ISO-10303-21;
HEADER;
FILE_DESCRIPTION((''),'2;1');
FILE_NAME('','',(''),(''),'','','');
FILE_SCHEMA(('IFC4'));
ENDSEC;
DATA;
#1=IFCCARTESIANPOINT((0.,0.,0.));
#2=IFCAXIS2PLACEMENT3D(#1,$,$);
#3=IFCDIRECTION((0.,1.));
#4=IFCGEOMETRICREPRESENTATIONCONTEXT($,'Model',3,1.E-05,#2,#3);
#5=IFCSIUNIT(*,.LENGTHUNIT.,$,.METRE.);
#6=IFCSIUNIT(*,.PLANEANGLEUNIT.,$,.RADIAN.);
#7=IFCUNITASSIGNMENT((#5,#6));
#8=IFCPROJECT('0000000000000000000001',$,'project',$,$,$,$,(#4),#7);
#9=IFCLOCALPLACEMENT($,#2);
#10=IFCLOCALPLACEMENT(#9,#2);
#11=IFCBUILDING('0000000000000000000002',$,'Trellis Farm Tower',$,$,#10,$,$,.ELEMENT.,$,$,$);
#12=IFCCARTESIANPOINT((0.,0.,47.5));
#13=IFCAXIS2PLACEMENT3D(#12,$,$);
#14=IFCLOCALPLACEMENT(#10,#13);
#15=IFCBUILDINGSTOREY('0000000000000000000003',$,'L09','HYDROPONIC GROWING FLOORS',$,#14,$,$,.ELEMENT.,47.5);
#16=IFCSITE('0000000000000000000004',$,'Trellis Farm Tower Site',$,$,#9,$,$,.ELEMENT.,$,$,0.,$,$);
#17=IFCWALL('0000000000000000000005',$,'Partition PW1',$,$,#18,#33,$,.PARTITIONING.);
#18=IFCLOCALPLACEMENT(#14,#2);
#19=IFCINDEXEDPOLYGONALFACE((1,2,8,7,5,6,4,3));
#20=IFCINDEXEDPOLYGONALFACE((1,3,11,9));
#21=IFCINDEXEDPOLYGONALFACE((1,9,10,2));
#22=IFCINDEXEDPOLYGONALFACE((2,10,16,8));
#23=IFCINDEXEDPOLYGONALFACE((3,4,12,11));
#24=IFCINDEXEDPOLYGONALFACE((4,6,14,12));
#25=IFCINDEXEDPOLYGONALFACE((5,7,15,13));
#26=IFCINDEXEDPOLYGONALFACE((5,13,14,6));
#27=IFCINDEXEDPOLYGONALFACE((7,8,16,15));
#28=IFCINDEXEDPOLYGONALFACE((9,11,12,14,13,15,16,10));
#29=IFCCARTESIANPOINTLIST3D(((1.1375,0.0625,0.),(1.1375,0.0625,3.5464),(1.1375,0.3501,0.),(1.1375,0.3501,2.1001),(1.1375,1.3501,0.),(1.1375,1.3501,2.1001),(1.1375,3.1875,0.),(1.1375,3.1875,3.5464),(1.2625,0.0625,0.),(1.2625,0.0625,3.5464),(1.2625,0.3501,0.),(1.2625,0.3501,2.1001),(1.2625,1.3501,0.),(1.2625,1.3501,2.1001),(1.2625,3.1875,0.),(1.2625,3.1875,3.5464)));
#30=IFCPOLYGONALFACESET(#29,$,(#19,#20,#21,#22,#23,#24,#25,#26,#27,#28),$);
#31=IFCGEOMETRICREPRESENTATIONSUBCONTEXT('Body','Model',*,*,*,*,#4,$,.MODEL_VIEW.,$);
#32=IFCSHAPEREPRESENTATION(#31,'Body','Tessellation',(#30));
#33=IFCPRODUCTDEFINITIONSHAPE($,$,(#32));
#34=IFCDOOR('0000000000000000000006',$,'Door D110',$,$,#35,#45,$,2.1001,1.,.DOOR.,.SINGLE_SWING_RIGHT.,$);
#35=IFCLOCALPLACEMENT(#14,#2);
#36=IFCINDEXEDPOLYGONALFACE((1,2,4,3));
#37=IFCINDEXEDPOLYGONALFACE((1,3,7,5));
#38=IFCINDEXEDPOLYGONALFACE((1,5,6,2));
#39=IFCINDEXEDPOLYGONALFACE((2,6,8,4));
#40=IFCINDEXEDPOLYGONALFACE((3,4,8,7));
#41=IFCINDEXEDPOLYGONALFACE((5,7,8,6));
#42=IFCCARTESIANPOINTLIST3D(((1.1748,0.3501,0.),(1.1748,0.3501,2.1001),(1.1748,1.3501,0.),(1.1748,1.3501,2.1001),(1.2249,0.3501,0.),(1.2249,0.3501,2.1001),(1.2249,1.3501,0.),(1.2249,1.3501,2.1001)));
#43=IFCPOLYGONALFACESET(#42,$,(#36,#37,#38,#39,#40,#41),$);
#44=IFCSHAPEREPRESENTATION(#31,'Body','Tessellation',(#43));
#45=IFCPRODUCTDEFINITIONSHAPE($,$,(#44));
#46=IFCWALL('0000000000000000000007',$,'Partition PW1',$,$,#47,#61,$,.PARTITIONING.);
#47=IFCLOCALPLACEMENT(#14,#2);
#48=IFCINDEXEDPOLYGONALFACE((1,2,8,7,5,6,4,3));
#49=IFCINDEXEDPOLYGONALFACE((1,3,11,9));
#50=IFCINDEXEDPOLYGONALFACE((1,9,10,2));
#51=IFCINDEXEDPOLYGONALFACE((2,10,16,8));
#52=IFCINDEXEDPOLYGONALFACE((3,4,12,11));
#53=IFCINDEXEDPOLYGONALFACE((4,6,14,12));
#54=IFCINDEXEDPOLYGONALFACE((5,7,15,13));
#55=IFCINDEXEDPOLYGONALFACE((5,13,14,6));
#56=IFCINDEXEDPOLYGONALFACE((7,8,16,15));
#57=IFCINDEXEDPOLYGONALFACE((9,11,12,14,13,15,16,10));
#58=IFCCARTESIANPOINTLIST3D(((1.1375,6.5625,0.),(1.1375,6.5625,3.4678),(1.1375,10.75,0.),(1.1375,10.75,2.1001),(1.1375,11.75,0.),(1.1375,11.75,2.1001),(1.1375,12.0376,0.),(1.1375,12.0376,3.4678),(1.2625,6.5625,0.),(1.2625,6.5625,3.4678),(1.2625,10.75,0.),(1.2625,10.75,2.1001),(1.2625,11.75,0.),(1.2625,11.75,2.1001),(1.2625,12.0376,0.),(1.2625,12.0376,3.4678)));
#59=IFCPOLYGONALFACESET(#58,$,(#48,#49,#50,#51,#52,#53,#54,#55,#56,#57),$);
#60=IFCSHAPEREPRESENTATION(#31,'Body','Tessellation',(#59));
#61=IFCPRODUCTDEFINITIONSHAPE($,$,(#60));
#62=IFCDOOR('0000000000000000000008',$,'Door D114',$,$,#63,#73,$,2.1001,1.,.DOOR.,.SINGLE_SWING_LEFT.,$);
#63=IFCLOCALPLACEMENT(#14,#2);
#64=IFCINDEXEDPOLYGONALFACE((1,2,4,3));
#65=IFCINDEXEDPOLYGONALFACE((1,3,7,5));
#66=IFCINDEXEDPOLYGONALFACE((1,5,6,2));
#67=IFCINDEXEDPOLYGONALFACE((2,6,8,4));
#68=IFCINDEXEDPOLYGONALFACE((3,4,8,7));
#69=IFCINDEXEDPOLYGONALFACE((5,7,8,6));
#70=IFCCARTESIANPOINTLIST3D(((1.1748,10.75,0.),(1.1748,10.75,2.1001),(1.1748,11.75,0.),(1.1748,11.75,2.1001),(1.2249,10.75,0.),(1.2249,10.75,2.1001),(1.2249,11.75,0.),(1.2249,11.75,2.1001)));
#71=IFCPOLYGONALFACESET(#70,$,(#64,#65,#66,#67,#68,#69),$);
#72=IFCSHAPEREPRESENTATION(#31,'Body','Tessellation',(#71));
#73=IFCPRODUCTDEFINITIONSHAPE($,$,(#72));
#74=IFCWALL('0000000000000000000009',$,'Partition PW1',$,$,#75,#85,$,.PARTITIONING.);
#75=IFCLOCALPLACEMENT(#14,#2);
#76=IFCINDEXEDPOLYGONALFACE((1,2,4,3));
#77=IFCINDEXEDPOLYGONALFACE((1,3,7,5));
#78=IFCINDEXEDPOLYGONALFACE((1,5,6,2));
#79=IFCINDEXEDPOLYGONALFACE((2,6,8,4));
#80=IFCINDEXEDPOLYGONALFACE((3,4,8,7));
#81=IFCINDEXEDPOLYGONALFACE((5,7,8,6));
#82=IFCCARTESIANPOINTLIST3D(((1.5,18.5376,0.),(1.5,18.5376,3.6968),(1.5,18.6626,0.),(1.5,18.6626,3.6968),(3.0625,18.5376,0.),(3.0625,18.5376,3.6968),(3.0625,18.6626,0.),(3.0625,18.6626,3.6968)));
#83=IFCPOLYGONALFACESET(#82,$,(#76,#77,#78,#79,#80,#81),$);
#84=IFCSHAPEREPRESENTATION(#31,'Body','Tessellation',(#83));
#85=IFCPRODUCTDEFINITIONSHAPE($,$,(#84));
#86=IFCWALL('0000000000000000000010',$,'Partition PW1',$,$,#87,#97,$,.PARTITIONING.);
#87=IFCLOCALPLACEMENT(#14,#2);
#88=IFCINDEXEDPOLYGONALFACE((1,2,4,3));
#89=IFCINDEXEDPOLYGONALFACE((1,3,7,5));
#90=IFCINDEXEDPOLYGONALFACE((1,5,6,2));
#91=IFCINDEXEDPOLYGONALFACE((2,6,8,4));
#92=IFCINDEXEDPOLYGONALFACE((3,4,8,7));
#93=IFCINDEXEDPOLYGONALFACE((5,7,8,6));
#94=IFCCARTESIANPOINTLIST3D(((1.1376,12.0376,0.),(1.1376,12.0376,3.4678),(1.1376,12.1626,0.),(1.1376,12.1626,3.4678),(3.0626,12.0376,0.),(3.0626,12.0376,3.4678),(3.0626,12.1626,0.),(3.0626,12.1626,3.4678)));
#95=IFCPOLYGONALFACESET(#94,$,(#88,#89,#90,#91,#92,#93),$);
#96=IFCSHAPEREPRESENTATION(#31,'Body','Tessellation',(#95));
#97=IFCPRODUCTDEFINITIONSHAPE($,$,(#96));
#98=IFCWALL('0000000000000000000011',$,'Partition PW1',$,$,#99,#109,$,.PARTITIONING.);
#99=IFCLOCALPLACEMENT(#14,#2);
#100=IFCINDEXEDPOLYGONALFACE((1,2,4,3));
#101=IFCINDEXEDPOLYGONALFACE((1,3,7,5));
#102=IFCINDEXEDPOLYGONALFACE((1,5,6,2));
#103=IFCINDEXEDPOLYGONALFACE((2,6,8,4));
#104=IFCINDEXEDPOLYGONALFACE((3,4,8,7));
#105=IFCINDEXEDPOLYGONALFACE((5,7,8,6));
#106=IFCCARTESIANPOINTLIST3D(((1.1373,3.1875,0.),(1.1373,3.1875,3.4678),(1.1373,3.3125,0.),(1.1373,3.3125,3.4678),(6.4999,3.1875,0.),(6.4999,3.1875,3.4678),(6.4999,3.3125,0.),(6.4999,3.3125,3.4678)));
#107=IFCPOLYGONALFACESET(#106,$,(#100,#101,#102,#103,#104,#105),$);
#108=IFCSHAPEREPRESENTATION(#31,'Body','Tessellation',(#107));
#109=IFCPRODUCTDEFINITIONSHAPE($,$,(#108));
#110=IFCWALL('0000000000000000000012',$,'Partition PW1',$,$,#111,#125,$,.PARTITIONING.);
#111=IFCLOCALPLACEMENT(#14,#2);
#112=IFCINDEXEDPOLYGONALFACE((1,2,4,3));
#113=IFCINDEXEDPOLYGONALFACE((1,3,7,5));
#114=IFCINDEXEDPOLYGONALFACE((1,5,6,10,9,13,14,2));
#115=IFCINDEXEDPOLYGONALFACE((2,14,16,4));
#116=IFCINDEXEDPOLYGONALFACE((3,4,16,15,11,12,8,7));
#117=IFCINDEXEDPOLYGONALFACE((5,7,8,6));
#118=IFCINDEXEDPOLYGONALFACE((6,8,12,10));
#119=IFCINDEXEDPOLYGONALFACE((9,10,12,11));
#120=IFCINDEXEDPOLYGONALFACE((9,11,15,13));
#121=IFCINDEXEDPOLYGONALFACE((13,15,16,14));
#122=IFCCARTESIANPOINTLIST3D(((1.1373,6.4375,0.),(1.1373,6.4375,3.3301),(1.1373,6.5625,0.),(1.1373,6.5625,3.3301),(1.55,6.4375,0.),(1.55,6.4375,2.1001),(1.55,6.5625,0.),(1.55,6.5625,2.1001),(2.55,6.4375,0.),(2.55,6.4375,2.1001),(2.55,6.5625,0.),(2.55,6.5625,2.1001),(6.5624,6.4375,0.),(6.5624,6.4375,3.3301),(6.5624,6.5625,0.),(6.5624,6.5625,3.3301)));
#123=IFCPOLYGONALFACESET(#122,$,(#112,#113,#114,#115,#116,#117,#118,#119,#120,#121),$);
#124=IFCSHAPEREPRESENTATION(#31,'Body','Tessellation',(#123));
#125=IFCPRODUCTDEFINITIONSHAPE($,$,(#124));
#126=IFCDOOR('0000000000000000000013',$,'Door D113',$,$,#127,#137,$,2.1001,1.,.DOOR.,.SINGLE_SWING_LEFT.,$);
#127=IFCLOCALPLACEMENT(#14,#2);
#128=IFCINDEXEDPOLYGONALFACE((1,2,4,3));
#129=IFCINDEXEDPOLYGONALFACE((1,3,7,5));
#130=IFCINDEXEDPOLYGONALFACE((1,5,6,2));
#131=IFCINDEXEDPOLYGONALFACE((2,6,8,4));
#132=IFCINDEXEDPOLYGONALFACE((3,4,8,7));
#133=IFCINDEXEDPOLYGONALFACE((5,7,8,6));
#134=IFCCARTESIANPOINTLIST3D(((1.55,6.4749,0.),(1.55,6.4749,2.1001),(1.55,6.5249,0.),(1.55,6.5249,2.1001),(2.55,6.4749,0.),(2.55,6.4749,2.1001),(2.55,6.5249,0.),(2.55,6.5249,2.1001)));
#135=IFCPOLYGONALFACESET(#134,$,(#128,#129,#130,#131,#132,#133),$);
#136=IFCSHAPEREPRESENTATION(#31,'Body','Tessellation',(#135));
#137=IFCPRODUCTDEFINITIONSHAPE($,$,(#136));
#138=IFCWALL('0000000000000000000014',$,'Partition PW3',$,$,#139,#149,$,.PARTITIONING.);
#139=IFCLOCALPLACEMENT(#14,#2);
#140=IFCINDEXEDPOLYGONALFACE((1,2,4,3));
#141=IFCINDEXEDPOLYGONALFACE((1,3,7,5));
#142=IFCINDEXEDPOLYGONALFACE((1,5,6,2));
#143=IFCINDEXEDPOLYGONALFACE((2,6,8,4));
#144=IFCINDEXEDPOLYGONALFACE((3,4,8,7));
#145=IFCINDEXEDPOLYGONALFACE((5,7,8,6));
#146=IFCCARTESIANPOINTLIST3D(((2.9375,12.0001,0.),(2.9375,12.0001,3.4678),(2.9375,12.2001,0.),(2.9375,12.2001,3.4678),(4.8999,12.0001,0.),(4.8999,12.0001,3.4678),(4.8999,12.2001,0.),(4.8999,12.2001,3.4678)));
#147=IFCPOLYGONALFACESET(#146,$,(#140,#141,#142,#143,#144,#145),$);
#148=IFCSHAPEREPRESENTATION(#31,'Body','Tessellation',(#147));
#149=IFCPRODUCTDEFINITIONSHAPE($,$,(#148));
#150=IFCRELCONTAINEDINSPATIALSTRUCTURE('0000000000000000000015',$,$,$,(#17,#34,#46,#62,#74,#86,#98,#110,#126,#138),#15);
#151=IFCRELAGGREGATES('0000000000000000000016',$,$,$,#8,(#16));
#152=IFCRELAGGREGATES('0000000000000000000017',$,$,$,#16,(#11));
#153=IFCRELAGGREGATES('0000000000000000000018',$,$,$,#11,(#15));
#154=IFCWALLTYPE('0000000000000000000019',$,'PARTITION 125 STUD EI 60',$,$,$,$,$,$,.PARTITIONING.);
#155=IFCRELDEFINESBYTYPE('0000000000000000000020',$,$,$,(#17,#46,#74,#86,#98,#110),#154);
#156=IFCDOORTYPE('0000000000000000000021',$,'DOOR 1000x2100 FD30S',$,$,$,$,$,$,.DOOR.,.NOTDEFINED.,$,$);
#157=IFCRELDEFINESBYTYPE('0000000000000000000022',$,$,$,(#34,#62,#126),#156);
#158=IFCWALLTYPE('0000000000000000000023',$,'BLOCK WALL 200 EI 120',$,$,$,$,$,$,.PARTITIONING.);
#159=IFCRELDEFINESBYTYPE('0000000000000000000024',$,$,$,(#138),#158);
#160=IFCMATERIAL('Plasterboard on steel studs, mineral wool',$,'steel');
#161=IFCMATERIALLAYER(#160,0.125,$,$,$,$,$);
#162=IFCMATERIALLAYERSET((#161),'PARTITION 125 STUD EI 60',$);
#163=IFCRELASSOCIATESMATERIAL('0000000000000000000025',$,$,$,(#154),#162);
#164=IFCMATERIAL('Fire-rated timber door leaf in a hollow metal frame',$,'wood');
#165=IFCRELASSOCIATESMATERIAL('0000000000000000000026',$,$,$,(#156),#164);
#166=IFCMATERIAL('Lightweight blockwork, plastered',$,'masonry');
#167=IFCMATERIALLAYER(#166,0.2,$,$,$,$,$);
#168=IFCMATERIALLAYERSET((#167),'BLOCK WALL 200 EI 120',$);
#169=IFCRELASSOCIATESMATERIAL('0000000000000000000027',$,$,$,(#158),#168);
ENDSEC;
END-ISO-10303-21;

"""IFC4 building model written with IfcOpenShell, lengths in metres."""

from ifc_helpers import new_model, si_unit, direction, frame, frame_2d, origin, place, context, subcontext, project, spatial, rectangle, extrude, source, transform, mapped, material, layer, layer_set, type_object, element, fill, save


model = new_model("IFC4")

# Units and contexts
model_context = context("Model", 3, precision=1e-05, world=origin(), true_north=direction((0.0, 1.0)))
body_context = subcontext(model_context, "Body", "Model", "MODEL_VIEW")
ifc_project = project(units=[si_unit("LENGTHUNIT", "METRE"), si_unit("PLANEANGLEUNIT", "RADIAN")], contexts=[model_context])

# Site, building, storey
site_placement = place(None, origin())
site = spatial("IfcSite", under=ifc_project, at=site_placement, Name="Trellis Farm Tower Site", CompositionType="ELEMENT", RefElevation=0.0)
building_placement = place(site_placement, origin())
building = spatial("IfcBuilding", under=site, at=building_placement, Name="Trellis Farm Tower", CompositionType="ELEMENT")
storey_placement = place(building_placement, frame((0.0, 0.0, 47.5)))
storey = spatial("IfcBuildingStorey", under=building, at=storey_placement, Name="L09", Description="HYDROPONIC GROWING FLOORS", CompositionType="ELEMENT", Elevation=47.5)

# Walls, openings, doors
ifc_material_1 = material(Name="Plasterboard on steel studs, mineral wool", Category="steel")
ifc_layer_1 = layer(ifc_material_1, 0.125)
ifc_layer_set_1 = layer_set([ifc_layer_1], Name="PARTITION 125 STUD EI 60")
wall_type_1 = type_object("IfcWallType", Name="PARTITION 125 STUD EI 60", PredefinedType="PARTITIONING", material=ifc_layer_set_1)
shared_shape_1 = source(origin(), body_context, "Body", "SweptSolid", [
    extrude(rectangle(XDim=3.125, YDim=0.125, at=frame_2d((1.5625, 0.0))), origin(), (0.0, 0.0, 1.0), 3.5464),
])
wall_1_placement = place(storey_placement, frame((1.2, 3.1875, 0.0), z_axis=(0.0, 0.0, 1.0), x_axis=(0.0, -1.0, 0.0)))
wall_1 = element("IfcWall", 1, at=wall_1_placement, inside=storey, type_object=wall_type_1, Name="Partition PW1", PredefinedType="PARTITIONING", context=body_context, shape_type="MappedRepresentation", body=[
    mapped(shared_shape_1, transform((0.0, 0.0, 0.0))),
])
shared_shape_2 = source(origin(), body_context, "Body", "SweptSolid", [
    extrude(rectangle(XDim=1.0, YDim=2.1001, at=frame_2d((0.5, 1.05))), frame((0.0, 0.0725, 0.0), z_axis=(0.0, -1.0, 0.0), x_axis=(1.0, 0.0, 0.0)), (0.0, 0.0, 1.0), 0.145),
])
opening_1_placement = place(wall_1_placement, frame((1.8374, 0.0, 0.0)))
opening_1 = element("IfcOpeningElement", 2, at=opening_1_placement, cuts=wall_1, PredefinedType="OPENING", context=body_context, shape_type="MappedRepresentation", body=[
    mapped(shared_shape_2, transform((0.0, 0.0, 0.0))),
])
ifc_material_2 = material(Name="Fire-rated timber door leaf in a hollow metal frame", Category="wood")
door_type = type_object("IfcDoorType", Name="DOOR 1000x2100 FD30S", OperationType="NOTDEFINED", PredefinedType="DOOR", material=ifc_material_2)
shared_shape_3 = source(origin(), body_context, "Body", "SweptSolid", [
    extrude(rectangle(XDim=1.0, YDim=2.1001, at=frame_2d((0.5, 1.05))), frame((0.0, 0.0249, 0.0), z_axis=(0.0, -1.0, 0.0), x_axis=(1.0, 0.0, 0.0)), (0.0, 0.0, 1.0), 0.05),
])
door_1_placement = place(opening_1_placement, origin())
door_1 = element("IfcDoor", 3, at=door_1_placement, inside=storey, type_object=door_type, Name="Door D110", OperationType="SINGLE_SWING_RIGHT", OverallHeight=2.1001, OverallWidth=1.0, PredefinedType="DOOR", context=body_context, shape_type="MappedRepresentation", body=[
    mapped(shared_shape_3, transform((0.0, 0.0, 0.0))),
])
fill(opening_1, door_1)
shared_shape_4 = source(origin(), body_context, "Body", "SweptSolid", [
    extrude(rectangle(XDim=5.4751, YDim=0.125, at=frame_2d((2.7375, 0.0))), origin(), (0.0, 0.0, 1.0), 3.4678),
])
wall_2_placement = place(storey_placement, frame((1.2, 12.0376, 0.0), z_axis=(0.0, 0.0, 1.0), x_axis=(0.0, -1.0, 0.0)))
wall_2 = element("IfcWall", 4, at=wall_2_placement, inside=storey, type_object=wall_type_1, Name="Partition PW1", PredefinedType="PARTITIONING", context=body_context, shape_type="MappedRepresentation", body=[
    mapped(shared_shape_4, transform((0.0, 0.0, 0.0))),
])
opening_2_placement = place(wall_2_placement, frame((0.2876, 0.0, 0.0)))
opening_2 = element("IfcOpeningElement", 5, at=opening_2_placement, cuts=wall_2, PredefinedType="OPENING", context=body_context, shape_type="MappedRepresentation", body=[
    mapped(shared_shape_2, transform((0.0, 0.0, 0.0))),
])
door_2_placement = place(opening_2_placement, origin())
door_2 = element("IfcDoor", 6, at=door_2_placement, inside=storey, type_object=door_type, Name="Door D114", OperationType="SINGLE_SWING_LEFT", OverallHeight=2.1001, OverallWidth=1.0, PredefinedType="DOOR", context=body_context, shape_type="MappedRepresentation", body=[
    mapped(shared_shape_3, transform((0.0, 0.0, 0.0))),
])
fill(opening_2, door_2)

# Walls
shared_shape_5 = source(origin(), body_context, "Body", "SweptSolid", [
    extrude(rectangle(XDim=1.5625, YDim=0.125, at=frame_2d((0.7812, 0.0))), origin(), (0.0, 0.0, 1.0), 3.6968),
])
wall_3_placement = place(storey_placement, frame((1.5, 18.6001, 0.0), z_axis=(0.0, 0.0, 1.0), x_axis=(1.0, 0.0, 0.0)))
element("IfcWall", 7, at=wall_3_placement, inside=storey, type_object=wall_type_1, Name="Partition PW1", PredefinedType="PARTITIONING", context=body_context, shape_type="MappedRepresentation", body=[
    mapped(shared_shape_5, transform((0.0, 0.0, 0.0))),
])
shared_shape_6 = source(origin(), body_context, "Body", "SweptSolid", [
    extrude(rectangle(XDim=1.925, YDim=0.125, at=frame_2d((0.9624, 0.0))), origin(), (0.0, 0.0, 1.0), 3.4678),
])
wall_4_placement = place(storey_placement, frame((3.0625, 12.1001, 0.0), z_axis=(0.0, 0.0, 1.0), x_axis=(-1.0, 0.0, 0.0)))
element("IfcWall", 8, at=wall_4_placement, inside=storey, type_object=wall_type_1, Name="Partition PW1", PredefinedType="PARTITIONING", context=body_context, shape_type="MappedRepresentation", body=[
    mapped(shared_shape_6, transform((0.0, 0.0, 0.0))),
])
shared_shape_7 = source(origin(), body_context, "Body", "SweptSolid", [
    extrude(rectangle(XDim=5.3625, YDim=0.125, at=frame_2d((2.6812, 0.0))), origin(), (0.0, 0.0, 1.0), 3.4678),
])
wall_5_placement = place(storey_placement, frame((1.1375, 3.25, 0.0), z_axis=(0.0, 0.0, 1.0), x_axis=(1.0, 0.0, 0.0)))
element("IfcWall", 9, at=wall_5_placement, inside=storey, type_object=wall_type_1, Name="Partition PW1", PredefinedType="PARTITIONING", context=body_context, shape_type="MappedRepresentation", body=[
    mapped(shared_shape_7, transform((0.0, 0.0, 0.0))),
])

# Wall, opening, door
shared_shape_8 = source(origin(), body_context, "Body", "SweptSolid", [
    extrude(rectangle(XDim=5.425, YDim=0.125, at=frame_2d((2.7124, 0.0))), origin(), (0.0, 0.0, 1.0), 3.3301),
])
wall_6_placement = place(storey_placement, frame((1.1375, 6.5, 0.0), z_axis=(0.0, 0.0, 1.0), x_axis=(1.0, 0.0, 0.0)))
wall_6 = element("IfcWall", 10, at=wall_6_placement, inside=storey, type_object=wall_type_1, Name="Partition PW1", PredefinedType="PARTITIONING", context=body_context, shape_type="MappedRepresentation", body=[
    mapped(shared_shape_8, transform((0.0, 0.0, 0.0))),
])
opening_3_placement = place(wall_6_placement, frame((0.4126, 0.0, 0.0)))
opening_3 = element("IfcOpeningElement", 11, at=opening_3_placement, cuts=wall_6, PredefinedType="OPENING", context=body_context, shape_type="MappedRepresentation", body=[
    mapped(shared_shape_2, transform((0.0, 0.0, 0.0))),
])
door_3_placement = place(opening_3_placement, origin())
door_3 = element("IfcDoor", 12, at=door_3_placement, inside=storey, type_object=door_type, Name="Door D113", OperationType="SINGLE_SWING_LEFT", OverallHeight=2.1001, OverallWidth=1.0, PredefinedType="DOOR", context=body_context, shape_type="MappedRepresentation", body=[
    mapped(shared_shape_3, transform((0.0, 0.0, 0.0))),
])
fill(opening_3, door_3)

# Wall
ifc_material_3 = material(Name="Lightweight blockwork, plastered", Category="masonry")
ifc_layer_2 = layer(ifc_material_3, 0.2)
ifc_layer_set_2 = layer_set([ifc_layer_2], Name="BLOCK WALL 200 EI 120")
wall_type_2 = type_object("IfcWallType", Name="BLOCK WALL 200 EI 120", PredefinedType="PARTITIONING", material=ifc_layer_set_2)
shared_shape_9 = source(origin(), body_context, "Body", "SweptSolid", [
    extrude(rectangle(XDim=1.9624, YDim=0.2, at=frame_2d((0.9812, 0.0))), origin(), (0.0, 0.0, 1.0), 3.4678),
])
wall_7_placement = place(storey_placement, frame((2.9375, 12.1001, 0.0), z_axis=(0.0, 0.0, 1.0), x_axis=(1.0, 0.0, 0.0)))
element("IfcWall", 13, at=wall_7_placement, inside=storey, type_object=wall_type_2, Name="Partition PW3", PredefinedType="PARTITIONING", context=body_context, shape_type="MappedRepresentation", body=[
    mapped(shared_shape_9, transform((0.0, 0.0, 0.0))),
])

save(model, "model.ifc")
